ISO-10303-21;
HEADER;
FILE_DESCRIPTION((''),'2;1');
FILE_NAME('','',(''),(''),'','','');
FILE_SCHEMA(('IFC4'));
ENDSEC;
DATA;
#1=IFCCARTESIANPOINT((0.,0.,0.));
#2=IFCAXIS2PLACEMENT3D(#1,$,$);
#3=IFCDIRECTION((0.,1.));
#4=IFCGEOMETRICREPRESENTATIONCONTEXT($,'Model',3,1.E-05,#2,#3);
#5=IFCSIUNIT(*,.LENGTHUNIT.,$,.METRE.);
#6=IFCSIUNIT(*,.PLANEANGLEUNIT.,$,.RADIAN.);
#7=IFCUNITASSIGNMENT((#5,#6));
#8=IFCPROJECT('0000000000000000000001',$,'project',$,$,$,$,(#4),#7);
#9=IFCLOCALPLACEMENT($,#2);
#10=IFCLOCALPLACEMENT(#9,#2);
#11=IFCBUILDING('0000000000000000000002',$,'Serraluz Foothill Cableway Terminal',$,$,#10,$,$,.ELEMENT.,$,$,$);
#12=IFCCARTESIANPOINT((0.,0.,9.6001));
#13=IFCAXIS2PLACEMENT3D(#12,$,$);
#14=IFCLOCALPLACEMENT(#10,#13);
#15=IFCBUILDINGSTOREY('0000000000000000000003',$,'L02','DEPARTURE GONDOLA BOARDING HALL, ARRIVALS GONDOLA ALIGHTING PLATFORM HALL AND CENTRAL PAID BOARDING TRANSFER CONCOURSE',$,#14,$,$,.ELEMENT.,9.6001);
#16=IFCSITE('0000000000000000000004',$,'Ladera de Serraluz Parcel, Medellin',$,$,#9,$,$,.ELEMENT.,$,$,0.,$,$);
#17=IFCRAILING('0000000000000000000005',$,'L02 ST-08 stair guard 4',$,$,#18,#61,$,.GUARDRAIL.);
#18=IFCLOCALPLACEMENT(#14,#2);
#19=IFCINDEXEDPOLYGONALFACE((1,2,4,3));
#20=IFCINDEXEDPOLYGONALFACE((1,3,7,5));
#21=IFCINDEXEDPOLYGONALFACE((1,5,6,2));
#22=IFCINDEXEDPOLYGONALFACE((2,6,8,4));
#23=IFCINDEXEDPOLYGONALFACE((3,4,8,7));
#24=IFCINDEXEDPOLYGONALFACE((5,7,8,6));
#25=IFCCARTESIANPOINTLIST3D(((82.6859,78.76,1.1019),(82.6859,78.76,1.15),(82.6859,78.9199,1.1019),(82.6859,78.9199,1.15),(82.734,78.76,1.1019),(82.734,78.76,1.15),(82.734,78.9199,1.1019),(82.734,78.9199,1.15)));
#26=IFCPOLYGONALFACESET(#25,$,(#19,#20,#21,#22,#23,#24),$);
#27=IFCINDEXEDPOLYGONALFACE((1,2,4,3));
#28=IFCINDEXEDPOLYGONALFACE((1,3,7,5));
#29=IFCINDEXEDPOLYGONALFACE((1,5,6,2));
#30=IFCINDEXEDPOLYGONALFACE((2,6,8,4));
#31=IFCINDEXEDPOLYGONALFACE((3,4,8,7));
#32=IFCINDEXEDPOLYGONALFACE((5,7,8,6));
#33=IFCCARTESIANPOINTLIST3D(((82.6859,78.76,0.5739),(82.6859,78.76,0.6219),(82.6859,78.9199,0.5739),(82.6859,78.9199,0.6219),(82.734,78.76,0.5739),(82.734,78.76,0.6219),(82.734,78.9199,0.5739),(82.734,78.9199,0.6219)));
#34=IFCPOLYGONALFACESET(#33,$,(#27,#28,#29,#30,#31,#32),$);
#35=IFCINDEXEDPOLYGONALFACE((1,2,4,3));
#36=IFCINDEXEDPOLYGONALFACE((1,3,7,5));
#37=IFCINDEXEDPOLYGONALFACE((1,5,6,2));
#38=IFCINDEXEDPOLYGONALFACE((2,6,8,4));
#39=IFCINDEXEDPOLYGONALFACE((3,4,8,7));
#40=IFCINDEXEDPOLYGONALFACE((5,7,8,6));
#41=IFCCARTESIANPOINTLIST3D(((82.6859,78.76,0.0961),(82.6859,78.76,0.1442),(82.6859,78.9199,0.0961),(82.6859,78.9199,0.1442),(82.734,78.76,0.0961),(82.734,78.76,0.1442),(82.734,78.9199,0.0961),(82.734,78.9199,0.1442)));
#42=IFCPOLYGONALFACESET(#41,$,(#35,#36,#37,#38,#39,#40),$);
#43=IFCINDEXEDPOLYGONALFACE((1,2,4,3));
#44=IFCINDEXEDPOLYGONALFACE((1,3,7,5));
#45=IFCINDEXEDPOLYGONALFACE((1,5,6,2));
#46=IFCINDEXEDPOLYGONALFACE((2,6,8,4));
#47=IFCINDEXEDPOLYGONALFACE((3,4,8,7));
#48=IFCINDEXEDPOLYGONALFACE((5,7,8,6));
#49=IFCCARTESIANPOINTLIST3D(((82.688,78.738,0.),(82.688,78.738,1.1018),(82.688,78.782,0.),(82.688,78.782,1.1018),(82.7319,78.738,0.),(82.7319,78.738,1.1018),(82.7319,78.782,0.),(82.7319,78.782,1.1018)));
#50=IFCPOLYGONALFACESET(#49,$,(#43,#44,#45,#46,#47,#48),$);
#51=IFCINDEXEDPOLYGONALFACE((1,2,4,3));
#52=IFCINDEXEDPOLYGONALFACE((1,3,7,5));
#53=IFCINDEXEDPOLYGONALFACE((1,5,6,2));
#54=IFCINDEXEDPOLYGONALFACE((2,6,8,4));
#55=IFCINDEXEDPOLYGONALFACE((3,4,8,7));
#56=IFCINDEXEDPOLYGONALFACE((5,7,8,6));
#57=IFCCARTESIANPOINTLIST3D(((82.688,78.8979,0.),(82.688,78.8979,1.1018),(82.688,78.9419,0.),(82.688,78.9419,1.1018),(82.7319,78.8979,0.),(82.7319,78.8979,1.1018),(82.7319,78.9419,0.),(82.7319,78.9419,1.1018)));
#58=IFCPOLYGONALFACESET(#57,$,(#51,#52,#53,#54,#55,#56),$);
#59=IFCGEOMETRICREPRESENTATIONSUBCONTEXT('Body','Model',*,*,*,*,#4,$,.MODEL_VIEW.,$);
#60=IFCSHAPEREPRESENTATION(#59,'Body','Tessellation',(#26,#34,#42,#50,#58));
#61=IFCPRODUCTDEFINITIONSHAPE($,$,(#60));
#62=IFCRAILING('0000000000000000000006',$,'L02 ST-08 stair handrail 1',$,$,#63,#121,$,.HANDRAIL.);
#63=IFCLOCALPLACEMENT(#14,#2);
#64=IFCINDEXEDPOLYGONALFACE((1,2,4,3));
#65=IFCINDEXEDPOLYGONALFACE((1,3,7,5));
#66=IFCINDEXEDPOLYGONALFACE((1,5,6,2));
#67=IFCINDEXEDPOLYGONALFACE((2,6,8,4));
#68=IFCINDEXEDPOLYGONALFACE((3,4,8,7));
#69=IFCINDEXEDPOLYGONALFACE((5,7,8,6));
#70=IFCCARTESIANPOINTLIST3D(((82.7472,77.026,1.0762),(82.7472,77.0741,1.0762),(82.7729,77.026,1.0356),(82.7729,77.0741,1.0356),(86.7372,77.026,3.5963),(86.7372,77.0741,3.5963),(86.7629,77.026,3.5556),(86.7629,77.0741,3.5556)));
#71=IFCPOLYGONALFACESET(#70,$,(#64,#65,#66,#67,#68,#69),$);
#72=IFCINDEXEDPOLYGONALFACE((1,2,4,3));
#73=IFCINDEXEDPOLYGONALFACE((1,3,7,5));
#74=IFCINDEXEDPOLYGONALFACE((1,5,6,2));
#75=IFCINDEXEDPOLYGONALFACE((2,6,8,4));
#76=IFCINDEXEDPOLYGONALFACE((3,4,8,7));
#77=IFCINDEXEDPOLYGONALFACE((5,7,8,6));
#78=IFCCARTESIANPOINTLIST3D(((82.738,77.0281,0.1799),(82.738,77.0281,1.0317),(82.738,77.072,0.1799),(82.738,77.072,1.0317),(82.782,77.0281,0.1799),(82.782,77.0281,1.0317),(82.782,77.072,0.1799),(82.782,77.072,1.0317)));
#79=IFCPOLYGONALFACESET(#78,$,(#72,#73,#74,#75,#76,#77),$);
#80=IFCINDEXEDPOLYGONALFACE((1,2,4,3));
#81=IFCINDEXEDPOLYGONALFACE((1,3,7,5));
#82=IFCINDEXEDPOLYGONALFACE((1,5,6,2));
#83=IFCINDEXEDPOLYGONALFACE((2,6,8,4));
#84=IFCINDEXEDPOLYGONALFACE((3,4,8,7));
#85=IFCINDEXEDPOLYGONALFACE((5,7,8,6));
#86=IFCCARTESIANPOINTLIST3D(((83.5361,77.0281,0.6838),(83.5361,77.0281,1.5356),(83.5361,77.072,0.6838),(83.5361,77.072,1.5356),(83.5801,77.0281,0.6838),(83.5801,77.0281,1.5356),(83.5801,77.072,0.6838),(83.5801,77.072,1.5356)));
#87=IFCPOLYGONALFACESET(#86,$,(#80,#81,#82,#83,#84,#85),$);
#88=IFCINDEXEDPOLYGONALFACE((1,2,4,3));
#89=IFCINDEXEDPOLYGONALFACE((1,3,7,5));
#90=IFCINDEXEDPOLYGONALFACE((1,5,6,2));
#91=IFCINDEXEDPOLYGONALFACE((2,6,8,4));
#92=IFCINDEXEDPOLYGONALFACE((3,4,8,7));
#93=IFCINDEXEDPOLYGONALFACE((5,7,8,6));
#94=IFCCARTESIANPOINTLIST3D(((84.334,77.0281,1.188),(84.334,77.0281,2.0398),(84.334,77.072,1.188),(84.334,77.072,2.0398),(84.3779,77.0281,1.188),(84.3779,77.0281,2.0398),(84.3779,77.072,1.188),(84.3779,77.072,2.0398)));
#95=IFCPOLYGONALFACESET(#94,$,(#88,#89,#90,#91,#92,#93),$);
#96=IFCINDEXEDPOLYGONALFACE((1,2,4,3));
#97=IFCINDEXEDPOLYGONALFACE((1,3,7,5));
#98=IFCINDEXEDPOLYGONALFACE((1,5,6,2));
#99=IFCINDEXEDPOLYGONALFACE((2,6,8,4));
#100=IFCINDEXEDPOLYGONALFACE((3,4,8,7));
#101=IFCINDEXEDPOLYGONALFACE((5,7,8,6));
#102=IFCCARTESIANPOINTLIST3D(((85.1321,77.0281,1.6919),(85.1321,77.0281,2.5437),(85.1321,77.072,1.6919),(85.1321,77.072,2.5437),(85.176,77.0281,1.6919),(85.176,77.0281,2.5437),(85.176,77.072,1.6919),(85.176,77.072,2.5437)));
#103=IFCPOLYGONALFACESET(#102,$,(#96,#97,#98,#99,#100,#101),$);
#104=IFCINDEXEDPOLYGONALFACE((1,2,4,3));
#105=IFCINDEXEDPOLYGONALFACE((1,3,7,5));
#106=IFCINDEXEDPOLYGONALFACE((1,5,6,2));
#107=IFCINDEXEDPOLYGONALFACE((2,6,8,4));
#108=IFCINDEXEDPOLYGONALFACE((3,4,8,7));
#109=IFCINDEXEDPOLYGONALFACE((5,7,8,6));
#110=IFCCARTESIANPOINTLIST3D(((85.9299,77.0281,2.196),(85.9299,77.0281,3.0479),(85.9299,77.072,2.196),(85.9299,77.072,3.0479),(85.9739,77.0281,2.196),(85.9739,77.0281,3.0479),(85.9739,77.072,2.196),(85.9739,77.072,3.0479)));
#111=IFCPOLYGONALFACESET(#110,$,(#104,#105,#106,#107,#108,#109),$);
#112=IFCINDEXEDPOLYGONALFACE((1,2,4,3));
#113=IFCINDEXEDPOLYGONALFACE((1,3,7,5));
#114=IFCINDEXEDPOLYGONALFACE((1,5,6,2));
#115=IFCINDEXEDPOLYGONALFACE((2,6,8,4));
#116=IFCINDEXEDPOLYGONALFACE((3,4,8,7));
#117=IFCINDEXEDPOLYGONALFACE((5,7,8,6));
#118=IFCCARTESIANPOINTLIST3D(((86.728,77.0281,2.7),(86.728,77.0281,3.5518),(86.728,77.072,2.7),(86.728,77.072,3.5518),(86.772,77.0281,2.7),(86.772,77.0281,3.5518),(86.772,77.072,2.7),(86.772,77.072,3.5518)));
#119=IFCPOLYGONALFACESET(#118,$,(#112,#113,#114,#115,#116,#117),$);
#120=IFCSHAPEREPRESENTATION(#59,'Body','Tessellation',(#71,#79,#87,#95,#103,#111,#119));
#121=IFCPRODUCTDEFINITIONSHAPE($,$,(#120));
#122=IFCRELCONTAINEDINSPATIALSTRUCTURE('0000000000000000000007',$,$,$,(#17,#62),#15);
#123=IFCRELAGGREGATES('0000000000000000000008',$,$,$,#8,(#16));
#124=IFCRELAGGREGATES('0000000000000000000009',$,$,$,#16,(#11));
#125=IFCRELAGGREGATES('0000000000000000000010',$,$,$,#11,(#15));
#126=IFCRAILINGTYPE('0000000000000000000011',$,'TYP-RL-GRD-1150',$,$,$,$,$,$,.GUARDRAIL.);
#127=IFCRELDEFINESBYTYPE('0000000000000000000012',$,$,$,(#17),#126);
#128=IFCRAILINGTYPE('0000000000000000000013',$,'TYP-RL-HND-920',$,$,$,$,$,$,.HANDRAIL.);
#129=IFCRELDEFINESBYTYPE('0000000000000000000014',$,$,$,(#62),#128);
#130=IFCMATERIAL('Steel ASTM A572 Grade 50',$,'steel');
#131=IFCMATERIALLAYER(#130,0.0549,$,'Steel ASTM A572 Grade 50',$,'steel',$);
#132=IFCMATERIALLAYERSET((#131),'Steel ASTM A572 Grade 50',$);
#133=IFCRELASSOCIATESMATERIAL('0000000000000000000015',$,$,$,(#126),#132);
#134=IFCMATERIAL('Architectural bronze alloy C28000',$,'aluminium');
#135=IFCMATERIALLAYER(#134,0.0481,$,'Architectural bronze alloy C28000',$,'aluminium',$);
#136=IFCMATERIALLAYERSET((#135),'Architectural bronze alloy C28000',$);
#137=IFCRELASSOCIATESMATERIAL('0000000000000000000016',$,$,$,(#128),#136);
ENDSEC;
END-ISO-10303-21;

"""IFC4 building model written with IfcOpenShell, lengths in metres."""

from ifc_helpers import new_model, si_unit, direction, frame, origin, origin_2d, place, context, subcontext, project, spatial, rectangle, extrude, material, layer, layer_set, type_object, element, save


model = new_model("IFC4")

# Units and contexts
model_context = context("Model", 3, precision=1e-05, world=origin(), true_north=direction((0.0, 1.0)))
body_context = subcontext(model_context, "Body", "Model", "MODEL_VIEW")
ifc_project = project(units=[si_unit("LENGTHUNIT", "METRE"), si_unit("PLANEANGLEUNIT", "RADIAN")], contexts=[model_context])

# Site, building, storey
site_placement = place(None, origin())
site = spatial("IfcSite", under=ifc_project, at=site_placement, Name="Ladera de Serraluz Parcel, Medellin", CompositionType="ELEMENT", RefElevation=0.0)
building_placement = place(site_placement, origin())
building = spatial("IfcBuilding", under=site, at=building_placement, Name="Serraluz Foothill Cableway Terminal", CompositionType="ELEMENT")
storey_placement = place(building_placement, frame((0.0, 0.0, 9.6001)))
storey = spatial("IfcBuildingStorey", under=building, at=storey_placement, Name="L02", Description="DEPARTURE GONDOLA BOARDING HALL, ARRIVALS GONDOLA ALIGHTING PLATFORM HALL AND CENTRAL PAID BOARDING TRANSFER CONCOURSE", CompositionType="ELEMENT", Elevation=9.6001)

# Shared definitions
ifc_material_1 = material(Name="Architectural bronze alloy C28000", Category="aluminium")

# Railings
ifc_material_2 = material(Name="Steel ASTM A572 Grade 50", Category="steel")
ifc_layer_1 = layer(ifc_material_2, 0.0549, Name="Steel ASTM A572 Grade 50", Category="steel")
ifc_layer_set_1 = layer_set([ifc_layer_1], Name="Steel ASTM A572 Grade 50")
railing_type_1 = type_object("IfcRailingType", Name="TYP-RL-GRD-1150", PredefinedType="GUARDRAIL", material=ifc_layer_set_1)
railing_1_placement = place(storey_placement, frame((82.71, 78.76, 0.0)))
element("IfcRailing", 1, at=railing_1_placement, inside=storey, type_object=railing_type_1, Name="L02 ST-08 stair guard 4", PredefinedType="GUARDRAIL", context=body_context, shape_type="SweptSolid", body=[
    extrude(rectangle(XDim=0.0481, YDim=0.0481, at=origin_2d()), frame((0.0, 0.0, 1.126), z_axis=(0.0, 1.0, 0.0), x_axis=(-1.0, 0.0, 0.0)), (0.0, 0.0, 1.0), 0.1599),
    extrude(rectangle(XDim=0.0481, YDim=0.0481, at=origin_2d()), frame((0.0, 0.0, 0.5979), z_axis=(0.0, 1.0, 0.0), x_axis=(-1.0, 0.0, 0.0)), (0.0, 0.0, 1.0), 0.1599),
    extrude(rectangle(XDim=0.0481, YDim=0.0481, at=origin_2d()), frame((0.0, 0.0, 0.1201), z_axis=(0.0, 1.0, 0.0), x_axis=(-1.0, 0.0, 0.0)), (0.0, 0.0, 1.0), 0.1599),
    extrude(rectangle(XDim=0.0439, YDim=0.0439, at=origin_2d()), origin(), (0.0, 0.0, 1.0), 1.1018),
    extrude(rectangle(XDim=0.0439, YDim=0.0439, at=origin_2d()), frame((0.0, 0.1599, 0.0)), (0.0, 0.0, 1.0), 1.1018),
])
ifc_layer_2 = layer(ifc_material_1, 0.0481, Name="Architectural bronze alloy C28000", Category="aluminium")
ifc_layer_set_2 = layer_set([ifc_layer_2], Name="Architectural bronze alloy C28000")
railing_type_2 = type_object("IfcRailingType", Name="TYP-RL-HND-920", PredefinedType="HANDRAIL", material=ifc_layer_set_2)
railing_2_placement = place(storey_placement, frame((82.76, 77.05, 0.1799)))
element("IfcRailing", 2, at=railing_2_placement, inside=storey, type_object=railing_type_2, Name="L02 ST-08 stair handrail 1", PredefinedType="HANDRAIL", context=body_context, shape_type="SweptSolid", body=[
    extrude(rectangle(XDim=0.0481, YDim=0.0481, at=origin_2d()), frame((0.0, 0.0, 0.876), z_axis=(0.845486, 0.0, 0.533997), x_axis=(0.0, 1.0, 0.0)), (0.0, 0.0, 1.0), 4.7192),
    extrude(rectangle(XDim=0.0439, YDim=0.0439, at=origin_2d()), origin(), (0.0, 0.0, 1.0), 0.8518),
    extrude(rectangle(XDim=0.0439, YDim=0.0439, at=origin_2d()), frame((0.7981, 0.0, 0.5039)), (0.0, 0.0, 1.0), 0.8518),
    extrude(rectangle(XDim=0.0439, YDim=0.0439, at=origin_2d()), frame((1.5959, 0.0, 1.0081)), (0.0, 0.0, 1.0), 0.8518),
    extrude(rectangle(XDim=0.0439, YDim=0.0439, at=origin_2d()), frame((2.394, 0.0, 1.512)), (0.0, 0.0, 1.0), 0.8518),
    extrude(rectangle(XDim=0.0439, YDim=0.0439, at=origin_2d()), frame((3.1919, 0.0, 2.0161)), (0.0, 0.0, 1.0), 0.8518),
    extrude(rectangle(XDim=0.0439, YDim=0.0439, at=origin_2d()), frame((3.99, 0.0, 2.52)), (0.0, 0.0, 1.0), 0.8518),
])

save(model, "model.ifc")
